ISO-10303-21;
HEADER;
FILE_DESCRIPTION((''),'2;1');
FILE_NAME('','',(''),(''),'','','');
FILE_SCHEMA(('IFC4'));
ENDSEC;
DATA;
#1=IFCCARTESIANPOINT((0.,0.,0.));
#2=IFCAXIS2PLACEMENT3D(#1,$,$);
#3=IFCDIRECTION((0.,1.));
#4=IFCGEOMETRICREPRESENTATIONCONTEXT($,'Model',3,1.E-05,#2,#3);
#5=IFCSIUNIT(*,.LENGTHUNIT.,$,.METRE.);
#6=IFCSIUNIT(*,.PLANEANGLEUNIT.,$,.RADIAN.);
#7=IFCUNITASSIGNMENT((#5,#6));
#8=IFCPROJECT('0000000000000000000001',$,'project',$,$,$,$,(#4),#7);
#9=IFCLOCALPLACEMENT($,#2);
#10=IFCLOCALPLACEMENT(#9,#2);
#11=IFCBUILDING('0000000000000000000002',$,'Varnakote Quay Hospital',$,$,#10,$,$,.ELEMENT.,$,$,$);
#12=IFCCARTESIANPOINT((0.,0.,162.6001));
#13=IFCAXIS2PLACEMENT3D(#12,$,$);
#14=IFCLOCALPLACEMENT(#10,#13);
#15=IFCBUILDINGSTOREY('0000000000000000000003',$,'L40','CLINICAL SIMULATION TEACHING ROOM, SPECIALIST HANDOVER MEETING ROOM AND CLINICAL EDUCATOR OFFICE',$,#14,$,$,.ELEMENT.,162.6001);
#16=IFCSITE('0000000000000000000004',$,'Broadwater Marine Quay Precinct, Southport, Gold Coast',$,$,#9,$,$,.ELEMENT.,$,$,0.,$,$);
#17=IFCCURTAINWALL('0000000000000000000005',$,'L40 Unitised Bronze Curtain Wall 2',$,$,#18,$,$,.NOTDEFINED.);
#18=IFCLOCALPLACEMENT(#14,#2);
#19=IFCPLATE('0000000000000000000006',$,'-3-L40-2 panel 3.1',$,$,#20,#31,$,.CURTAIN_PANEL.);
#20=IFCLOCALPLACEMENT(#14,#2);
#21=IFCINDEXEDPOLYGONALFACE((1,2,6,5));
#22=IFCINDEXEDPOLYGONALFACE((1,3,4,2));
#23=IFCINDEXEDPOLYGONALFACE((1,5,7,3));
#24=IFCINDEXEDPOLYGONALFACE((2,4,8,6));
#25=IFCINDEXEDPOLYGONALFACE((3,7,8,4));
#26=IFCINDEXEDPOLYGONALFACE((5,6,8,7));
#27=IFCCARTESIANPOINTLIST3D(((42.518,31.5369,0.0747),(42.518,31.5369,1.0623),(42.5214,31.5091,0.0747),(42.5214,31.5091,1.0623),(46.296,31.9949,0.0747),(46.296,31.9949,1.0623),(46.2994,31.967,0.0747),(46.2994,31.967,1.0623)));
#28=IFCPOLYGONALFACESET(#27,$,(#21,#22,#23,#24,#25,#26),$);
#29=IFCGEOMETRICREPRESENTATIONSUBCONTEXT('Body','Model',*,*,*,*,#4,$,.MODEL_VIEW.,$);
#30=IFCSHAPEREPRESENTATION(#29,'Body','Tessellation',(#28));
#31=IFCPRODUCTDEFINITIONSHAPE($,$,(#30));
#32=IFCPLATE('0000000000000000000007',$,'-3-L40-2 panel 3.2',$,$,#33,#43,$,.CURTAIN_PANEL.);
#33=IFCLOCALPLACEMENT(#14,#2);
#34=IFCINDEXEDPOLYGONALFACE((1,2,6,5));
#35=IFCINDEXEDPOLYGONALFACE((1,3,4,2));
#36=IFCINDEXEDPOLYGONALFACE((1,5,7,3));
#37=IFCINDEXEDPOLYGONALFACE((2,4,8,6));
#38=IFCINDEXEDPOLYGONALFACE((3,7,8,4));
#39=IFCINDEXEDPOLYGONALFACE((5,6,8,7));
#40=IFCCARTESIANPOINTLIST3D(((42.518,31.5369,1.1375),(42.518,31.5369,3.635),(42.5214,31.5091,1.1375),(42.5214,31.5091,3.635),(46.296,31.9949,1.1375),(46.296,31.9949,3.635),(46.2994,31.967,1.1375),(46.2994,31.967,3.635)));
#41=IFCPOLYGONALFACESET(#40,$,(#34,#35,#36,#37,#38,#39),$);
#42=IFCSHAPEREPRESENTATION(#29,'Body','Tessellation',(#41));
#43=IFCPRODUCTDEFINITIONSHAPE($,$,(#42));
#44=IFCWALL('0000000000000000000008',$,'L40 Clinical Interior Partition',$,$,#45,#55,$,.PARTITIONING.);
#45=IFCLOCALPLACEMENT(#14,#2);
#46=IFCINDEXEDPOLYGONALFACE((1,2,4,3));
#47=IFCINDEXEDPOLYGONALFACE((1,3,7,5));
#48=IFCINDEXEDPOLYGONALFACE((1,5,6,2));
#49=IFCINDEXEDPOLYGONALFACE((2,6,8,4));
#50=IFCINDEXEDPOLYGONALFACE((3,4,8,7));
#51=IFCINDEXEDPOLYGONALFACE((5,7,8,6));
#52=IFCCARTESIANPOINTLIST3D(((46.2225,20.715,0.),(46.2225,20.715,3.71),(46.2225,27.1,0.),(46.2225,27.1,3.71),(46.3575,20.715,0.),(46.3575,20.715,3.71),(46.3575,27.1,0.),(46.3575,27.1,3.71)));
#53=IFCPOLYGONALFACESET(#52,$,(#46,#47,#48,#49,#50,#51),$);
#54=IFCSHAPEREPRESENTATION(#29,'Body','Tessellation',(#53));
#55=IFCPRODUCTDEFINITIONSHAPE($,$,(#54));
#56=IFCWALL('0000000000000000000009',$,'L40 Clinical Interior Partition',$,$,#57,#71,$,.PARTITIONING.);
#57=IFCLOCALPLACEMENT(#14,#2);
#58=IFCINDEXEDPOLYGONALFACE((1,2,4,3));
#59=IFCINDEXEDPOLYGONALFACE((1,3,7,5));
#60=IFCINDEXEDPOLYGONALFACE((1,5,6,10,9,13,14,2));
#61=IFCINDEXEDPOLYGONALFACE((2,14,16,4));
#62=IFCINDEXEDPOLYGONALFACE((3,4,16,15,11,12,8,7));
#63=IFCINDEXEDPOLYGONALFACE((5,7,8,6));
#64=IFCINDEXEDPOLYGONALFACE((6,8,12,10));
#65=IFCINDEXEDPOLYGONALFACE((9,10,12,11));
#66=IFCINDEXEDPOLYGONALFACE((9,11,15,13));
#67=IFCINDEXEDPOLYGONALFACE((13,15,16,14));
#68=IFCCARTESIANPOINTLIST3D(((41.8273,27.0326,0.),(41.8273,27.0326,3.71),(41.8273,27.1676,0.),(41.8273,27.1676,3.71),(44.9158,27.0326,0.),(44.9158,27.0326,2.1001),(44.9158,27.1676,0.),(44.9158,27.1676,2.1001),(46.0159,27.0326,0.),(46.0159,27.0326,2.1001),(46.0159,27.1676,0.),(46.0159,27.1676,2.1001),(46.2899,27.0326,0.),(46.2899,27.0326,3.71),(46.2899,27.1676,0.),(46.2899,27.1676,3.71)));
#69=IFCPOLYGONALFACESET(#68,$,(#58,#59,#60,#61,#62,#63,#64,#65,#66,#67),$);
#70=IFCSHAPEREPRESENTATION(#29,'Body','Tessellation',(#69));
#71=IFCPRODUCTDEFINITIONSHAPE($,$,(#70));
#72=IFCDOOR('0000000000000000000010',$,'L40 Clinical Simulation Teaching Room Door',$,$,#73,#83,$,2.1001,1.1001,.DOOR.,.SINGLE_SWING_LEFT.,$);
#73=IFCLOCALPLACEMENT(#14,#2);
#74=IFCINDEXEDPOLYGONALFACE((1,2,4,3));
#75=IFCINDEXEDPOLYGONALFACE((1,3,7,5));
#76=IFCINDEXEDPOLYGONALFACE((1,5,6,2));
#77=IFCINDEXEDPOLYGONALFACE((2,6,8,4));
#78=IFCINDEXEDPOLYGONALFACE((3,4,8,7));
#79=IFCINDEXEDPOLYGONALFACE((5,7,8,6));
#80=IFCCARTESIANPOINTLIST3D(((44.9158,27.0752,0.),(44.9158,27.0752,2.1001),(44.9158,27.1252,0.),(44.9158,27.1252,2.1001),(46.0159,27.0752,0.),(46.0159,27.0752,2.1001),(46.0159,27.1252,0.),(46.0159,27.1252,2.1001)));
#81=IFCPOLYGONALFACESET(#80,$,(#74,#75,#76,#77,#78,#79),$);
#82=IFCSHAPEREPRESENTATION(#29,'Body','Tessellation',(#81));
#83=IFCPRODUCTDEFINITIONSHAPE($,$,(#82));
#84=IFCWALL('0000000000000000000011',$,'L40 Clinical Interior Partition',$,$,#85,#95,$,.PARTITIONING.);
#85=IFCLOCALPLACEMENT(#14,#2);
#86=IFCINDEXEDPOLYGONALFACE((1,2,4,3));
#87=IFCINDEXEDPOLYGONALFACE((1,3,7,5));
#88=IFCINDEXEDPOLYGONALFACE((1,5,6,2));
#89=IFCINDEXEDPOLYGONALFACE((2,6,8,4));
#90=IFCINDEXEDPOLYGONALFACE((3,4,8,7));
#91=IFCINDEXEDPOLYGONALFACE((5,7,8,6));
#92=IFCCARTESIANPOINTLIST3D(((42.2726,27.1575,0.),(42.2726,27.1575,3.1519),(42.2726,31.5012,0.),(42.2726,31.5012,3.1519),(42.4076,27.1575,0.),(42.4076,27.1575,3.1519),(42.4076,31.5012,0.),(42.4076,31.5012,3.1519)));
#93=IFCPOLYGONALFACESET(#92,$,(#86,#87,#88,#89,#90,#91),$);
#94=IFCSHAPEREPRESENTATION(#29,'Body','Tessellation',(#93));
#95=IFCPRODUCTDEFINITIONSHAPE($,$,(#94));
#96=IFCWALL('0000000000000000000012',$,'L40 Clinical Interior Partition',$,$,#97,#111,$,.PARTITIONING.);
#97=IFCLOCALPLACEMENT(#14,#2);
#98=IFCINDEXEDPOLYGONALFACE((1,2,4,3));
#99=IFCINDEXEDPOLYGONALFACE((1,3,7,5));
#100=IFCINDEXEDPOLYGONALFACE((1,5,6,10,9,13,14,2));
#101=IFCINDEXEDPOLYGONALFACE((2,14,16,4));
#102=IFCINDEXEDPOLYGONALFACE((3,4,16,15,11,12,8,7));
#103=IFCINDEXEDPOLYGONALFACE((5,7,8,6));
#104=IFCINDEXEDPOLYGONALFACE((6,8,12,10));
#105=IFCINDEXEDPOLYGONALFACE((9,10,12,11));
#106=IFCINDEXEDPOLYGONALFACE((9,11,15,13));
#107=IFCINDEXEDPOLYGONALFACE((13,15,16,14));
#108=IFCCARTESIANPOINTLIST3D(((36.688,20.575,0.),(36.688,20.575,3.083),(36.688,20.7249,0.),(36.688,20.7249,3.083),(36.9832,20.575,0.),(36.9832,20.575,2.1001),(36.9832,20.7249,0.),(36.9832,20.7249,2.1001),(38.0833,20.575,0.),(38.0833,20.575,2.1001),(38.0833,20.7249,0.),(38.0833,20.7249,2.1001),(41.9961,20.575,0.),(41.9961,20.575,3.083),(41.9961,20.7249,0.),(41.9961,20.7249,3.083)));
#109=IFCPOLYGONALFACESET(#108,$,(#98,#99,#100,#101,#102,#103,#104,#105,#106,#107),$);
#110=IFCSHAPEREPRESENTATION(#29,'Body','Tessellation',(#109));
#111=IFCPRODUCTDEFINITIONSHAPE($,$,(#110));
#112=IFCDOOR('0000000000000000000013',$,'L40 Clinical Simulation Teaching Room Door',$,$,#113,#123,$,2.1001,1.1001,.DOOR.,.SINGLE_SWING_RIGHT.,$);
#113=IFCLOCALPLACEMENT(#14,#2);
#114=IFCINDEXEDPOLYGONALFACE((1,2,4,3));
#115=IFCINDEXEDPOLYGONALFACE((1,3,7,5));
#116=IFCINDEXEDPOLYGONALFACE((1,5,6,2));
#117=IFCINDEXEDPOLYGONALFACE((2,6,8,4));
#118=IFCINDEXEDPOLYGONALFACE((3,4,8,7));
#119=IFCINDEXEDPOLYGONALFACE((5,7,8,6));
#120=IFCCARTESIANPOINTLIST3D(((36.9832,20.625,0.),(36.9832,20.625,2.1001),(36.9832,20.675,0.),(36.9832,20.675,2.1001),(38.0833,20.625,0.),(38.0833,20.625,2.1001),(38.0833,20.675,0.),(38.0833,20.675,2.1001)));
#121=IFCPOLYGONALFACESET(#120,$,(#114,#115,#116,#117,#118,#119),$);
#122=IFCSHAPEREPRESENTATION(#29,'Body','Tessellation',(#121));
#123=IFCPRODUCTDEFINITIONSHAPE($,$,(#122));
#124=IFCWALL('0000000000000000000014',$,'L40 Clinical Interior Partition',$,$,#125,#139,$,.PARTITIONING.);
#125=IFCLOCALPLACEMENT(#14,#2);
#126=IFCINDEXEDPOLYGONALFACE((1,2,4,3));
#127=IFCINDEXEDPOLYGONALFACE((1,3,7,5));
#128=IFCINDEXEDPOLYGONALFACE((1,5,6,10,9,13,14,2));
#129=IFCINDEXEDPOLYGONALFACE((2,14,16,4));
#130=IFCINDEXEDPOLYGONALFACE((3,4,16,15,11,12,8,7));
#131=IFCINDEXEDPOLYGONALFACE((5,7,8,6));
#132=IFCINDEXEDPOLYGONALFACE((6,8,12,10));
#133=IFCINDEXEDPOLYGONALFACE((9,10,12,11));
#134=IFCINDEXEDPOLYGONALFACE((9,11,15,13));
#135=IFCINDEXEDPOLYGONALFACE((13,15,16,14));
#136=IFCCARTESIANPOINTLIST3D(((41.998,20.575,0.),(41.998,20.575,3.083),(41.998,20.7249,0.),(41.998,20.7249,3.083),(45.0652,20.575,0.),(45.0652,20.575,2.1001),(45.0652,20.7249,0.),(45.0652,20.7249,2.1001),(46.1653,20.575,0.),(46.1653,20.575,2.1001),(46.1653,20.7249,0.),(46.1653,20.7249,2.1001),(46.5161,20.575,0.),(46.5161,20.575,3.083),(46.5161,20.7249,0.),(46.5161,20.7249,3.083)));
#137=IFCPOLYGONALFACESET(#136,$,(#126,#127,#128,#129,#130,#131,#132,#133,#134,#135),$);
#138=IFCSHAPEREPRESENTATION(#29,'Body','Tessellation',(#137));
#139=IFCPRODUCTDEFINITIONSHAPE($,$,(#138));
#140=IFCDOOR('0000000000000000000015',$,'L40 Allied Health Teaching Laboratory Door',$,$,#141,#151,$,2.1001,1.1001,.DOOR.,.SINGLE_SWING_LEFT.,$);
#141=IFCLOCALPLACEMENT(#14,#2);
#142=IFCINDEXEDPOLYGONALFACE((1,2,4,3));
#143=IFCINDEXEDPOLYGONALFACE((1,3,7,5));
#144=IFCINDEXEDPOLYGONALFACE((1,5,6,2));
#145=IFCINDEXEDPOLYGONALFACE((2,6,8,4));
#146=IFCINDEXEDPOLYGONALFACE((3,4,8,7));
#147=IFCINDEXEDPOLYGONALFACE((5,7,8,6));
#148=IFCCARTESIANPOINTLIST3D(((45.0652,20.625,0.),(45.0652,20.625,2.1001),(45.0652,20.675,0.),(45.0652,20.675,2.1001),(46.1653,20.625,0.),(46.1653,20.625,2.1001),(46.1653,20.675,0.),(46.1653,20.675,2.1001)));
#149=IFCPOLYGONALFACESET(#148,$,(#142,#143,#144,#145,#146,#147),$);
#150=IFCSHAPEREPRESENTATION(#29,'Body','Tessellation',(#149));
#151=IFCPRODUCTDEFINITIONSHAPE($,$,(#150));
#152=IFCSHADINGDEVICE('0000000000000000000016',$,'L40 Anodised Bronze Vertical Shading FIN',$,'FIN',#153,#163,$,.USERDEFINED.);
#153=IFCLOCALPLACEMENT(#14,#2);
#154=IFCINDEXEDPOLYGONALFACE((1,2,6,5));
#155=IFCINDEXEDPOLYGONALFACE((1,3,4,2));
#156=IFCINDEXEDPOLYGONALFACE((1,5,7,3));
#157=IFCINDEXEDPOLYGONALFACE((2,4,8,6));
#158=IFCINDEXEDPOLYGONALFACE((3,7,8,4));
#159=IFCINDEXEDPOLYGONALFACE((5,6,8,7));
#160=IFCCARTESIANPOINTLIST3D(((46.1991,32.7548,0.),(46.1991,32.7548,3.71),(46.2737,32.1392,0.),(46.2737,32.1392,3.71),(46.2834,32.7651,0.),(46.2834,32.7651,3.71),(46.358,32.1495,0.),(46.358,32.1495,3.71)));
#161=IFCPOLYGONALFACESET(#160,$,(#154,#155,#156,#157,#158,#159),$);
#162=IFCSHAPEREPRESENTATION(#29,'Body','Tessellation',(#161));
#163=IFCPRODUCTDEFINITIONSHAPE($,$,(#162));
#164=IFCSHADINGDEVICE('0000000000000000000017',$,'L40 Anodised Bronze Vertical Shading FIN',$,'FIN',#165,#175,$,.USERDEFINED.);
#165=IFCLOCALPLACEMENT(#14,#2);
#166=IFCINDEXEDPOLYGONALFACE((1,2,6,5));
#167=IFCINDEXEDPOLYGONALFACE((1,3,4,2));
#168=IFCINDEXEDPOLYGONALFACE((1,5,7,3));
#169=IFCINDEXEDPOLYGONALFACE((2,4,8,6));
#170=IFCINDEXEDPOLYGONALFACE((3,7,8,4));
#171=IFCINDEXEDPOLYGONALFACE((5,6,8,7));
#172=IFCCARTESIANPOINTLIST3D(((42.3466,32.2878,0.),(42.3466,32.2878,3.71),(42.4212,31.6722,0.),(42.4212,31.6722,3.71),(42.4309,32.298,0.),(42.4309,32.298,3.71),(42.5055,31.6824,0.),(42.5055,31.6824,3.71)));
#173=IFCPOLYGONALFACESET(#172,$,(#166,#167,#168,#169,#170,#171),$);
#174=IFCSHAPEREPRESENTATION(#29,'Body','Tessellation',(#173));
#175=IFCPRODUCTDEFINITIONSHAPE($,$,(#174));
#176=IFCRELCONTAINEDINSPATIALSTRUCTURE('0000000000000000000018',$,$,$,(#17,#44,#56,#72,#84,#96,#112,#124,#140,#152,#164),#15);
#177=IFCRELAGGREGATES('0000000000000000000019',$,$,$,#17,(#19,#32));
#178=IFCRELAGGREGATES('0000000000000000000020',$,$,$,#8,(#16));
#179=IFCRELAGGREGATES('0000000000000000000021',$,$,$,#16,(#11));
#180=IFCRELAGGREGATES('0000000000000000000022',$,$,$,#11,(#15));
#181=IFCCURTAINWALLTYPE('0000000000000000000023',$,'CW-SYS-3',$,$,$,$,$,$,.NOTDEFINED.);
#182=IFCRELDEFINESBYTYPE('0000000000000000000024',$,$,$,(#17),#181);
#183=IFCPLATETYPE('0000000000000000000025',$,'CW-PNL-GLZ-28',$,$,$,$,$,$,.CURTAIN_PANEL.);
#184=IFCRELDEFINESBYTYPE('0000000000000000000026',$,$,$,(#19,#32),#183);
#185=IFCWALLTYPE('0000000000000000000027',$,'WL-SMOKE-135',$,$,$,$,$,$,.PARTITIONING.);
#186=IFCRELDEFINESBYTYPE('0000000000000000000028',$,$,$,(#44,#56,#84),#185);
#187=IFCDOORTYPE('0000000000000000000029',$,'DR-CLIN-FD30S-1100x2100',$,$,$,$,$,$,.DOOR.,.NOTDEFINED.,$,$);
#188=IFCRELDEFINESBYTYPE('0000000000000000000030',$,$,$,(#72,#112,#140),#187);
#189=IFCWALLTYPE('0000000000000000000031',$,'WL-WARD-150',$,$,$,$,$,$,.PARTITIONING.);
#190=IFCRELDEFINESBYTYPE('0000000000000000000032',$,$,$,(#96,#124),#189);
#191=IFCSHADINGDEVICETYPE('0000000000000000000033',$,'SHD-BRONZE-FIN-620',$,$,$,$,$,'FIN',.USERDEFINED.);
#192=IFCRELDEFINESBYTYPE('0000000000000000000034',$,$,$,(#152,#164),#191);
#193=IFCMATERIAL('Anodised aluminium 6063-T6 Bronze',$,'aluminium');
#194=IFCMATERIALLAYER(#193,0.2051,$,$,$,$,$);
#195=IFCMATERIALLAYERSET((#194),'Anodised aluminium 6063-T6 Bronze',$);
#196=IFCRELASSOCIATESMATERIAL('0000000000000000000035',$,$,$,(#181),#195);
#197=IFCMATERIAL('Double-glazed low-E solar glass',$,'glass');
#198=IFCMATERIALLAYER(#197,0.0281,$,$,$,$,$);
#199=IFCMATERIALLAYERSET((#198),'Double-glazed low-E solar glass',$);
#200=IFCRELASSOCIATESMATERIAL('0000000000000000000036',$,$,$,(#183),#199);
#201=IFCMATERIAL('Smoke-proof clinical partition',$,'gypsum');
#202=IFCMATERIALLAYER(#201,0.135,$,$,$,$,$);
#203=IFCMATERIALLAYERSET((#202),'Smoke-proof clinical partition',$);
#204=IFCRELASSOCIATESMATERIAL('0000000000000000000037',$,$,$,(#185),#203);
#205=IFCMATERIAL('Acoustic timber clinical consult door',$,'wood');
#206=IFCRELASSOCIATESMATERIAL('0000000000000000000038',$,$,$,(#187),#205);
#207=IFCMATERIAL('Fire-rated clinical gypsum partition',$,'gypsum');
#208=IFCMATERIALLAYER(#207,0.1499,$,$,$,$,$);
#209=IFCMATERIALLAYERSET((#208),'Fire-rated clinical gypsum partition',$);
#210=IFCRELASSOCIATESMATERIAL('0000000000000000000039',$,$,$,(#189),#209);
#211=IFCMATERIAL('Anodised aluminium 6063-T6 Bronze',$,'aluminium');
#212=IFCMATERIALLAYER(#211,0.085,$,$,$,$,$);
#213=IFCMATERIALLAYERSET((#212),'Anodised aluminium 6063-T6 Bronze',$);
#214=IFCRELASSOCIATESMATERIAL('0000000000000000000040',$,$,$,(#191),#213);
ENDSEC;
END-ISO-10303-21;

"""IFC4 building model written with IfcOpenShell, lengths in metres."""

from ifc_helpers import new_model, si_unit, direction, frame, frame_2d, origin, origin_2d, place, context, subcontext, project, spatial, rectangle, extrude, material, layer, layer_set, type_object, element, fill, aggregate, save


model = new_model("IFC4")

# Units and contexts
model_context = context("Model", 3, precision=1e-05, world=origin(), true_north=direction((0.0, 1.0)))
body_context = subcontext(model_context, "Body", "Model", "MODEL_VIEW")
ifc_project = project(units=[si_unit("LENGTHUNIT", "METRE"), si_unit("PLANEANGLEUNIT", "RADIAN")], contexts=[model_context])

# Site, building, storey
site_placement = place(None, origin())
site = spatial("IfcSite", under=ifc_project, at=site_placement, Name="Broadwater Marine Quay Precinct, Southport, Gold Coast", CompositionType="ELEMENT", RefElevation=0.0)
building_placement = place(site_placement, origin())
building = spatial("IfcBuilding", under=site, at=building_placement, Name="Varnakote Quay Hospital", CompositionType="ELEMENT")
storey_placement = place(building_placement, frame((0.0, 0.0, 162.6001)))
storey = spatial("IfcBuildingStorey", under=building, at=storey_placement, Name="L40", Description="CLINICAL SIMULATION TEACHING ROOM, SPECIALIST HANDOVER MEETING ROOM AND CLINICAL EDUCATOR OFFICE", CompositionType="ELEMENT", Elevation=162.6001)

# Curtain wall
ifc_material_1 = material(Name="Anodised aluminium 6063-T6 Bronze", Category="aluminium")
ifc_layer_1 = layer(ifc_material_1, 0.2051)
ifc_layer_set_1 = layer_set([ifc_layer_1], Name="Anodised aluminium 6063-T6 Bronze")
curtain_wall_type = type_object("IfcCurtainWallType", Name="CW-SYS-3", PredefinedType="NOTDEFINED", material=ifc_layer_set_1)
curtain_wall_placement = place(storey_placement, origin())
curtain_wall = element("IfcCurtainWall", 1, at=curtain_wall_placement, inside=storey, type_object=curtain_wall_type, Name="L40 Unitised Bronze Curtain Wall 2", PredefinedType="NOTDEFINED")

# Plates
ifc_material_2 = material(Name="Double-glazed low-E solar glass", Category="glass")
ifc_layer_2 = layer(ifc_material_2, 0.0281)
ifc_layer_set_2 = layer_set([ifc_layer_2], Name="Double-glazed low-E solar glass")
plate_type = type_object("IfcPlateType", Name="CW-PNL-GLZ-28", PredefinedType="CURTAIN_PANEL", material=ifc_layer_set_2)
plate_1_placement = place(storey_placement, frame((44.4087, 31.752, 0.0747), z_axis=(0.0, 0.0, 1.0), x_axis=(-0.992734, -0.120327, 0.0)))
plate_1 = element("IfcPlate", 2, at=plate_1_placement, type_object=plate_type, Name="-3-L40-2 panel 3.1", PredefinedType="CURTAIN_PANEL", context=body_context, shape_type="SweptSolid", body=[
    extrude(rectangle(XDim=3.8057, YDim=0.0281, at=origin_2d()), origin(), (0.0, 0.0, 1.0), 0.9875),
])
plate_2_placement = place(storey_placement, frame((44.4087, 31.752, 1.1375), z_axis=(0.0, 0.0, 1.0), x_axis=(-0.992734, -0.120327, 0.0)))
plate_2 = element("IfcPlate", 3, at=plate_2_placement, type_object=plate_type, Name="-3-L40-2 panel 3.2", PredefinedType="CURTAIN_PANEL", context=body_context, shape_type="SweptSolid", body=[
    extrude(rectangle(XDim=3.8057, YDim=0.0281, at=origin_2d()), origin(), (0.0, 0.0, 1.0), 2.4976),
])
aggregate(curtain_wall, [plate_1, plate_2])

# Wall
ifc_material_3 = material(Name="Smoke-proof clinical partition", Category="gypsum")
ifc_layer_3 = layer(ifc_material_3, 0.135)
ifc_layer_set_3 = layer_set([ifc_layer_3], Name="Smoke-proof clinical partition")
wall_type_1 = type_object("IfcWallType", Name="WL-SMOKE-135", PredefinedType="PARTITIONING", material=ifc_layer_set_3)
wall_1_placement = place(storey_placement, frame((46.29, 20.7151, 0.0), z_axis=(0.0, 0.0, 1.0), x_axis=(0.0, 1.0, 0.0)))
element("IfcWall", 4, at=wall_1_placement, inside=storey, type_object=wall_type_1, Name="L40 Clinical Interior Partition", PredefinedType="PARTITIONING", context=body_context, shape_type="SweptSolid", body=[
    extrude(rectangle(XDim=6.385, YDim=0.135, at=frame_2d((3.1924, 0.0))), origin(), (0.0, 0.0, 1.0), 3.71),
])

# Wall, opening, door
wall_2_placement = place(storey_placement, frame((46.29, 27.1001, 0.0), z_axis=(0.0, 0.0, 1.0), x_axis=(-1.0, 0.0, 0.0)))
wall_2 = element("IfcWall", 5, at=wall_2_placement, inside=storey, type_object=wall_type_1, Name="L40 Clinical Interior Partition", PredefinedType="PARTITIONING", context=body_context, shape_type="SweptSolid", body=[
    extrude(rectangle(XDim=4.4626, YDim=0.135, at=frame_2d((2.2314, 0.0))), origin(), (0.0, 0.0, 1.0), 3.71),
])
opening_1_placement = place(wall_2_placement, frame((0.2742, 0.0, 0.0)))
opening_1 = element("IfcOpeningElement", 6, at=opening_1_placement, cuts=wall_2, PredefinedType="OPENING", context=body_context, shape_type="SweptSolid", body=[
    extrude(rectangle(XDim=1.1001, YDim=2.1001, at=frame_2d((0.55, 1.05))), frame((0.0, 0.0774, 0.0), z_axis=(0.0, -1.0, 0.0), x_axis=(1.0, 0.0, 0.0)), (0.0, 0.0, 1.0), 0.155),
])
ifc_material_4 = material(Name="Acoustic timber clinical consult door", Category="wood")
door_type = type_object("IfcDoorType", Name="DR-CLIN-FD30S-1100x2100", OperationType="NOTDEFINED", PredefinedType="DOOR", material=ifc_material_4)
door_1_placement = place(opening_1_placement, origin())
door_1 = element("IfcDoor", 7, at=door_1_placement, inside=storey, type_object=door_type, Name="L40 Clinical Simulation Teaching Room Door", OperationType="SINGLE_SWING_LEFT", OverallHeight=2.1001, OverallWidth=1.1001, PredefinedType="DOOR", context=body_context, shape_type="SweptSolid", body=[
    extrude(rectangle(XDim=1.1001, YDim=2.1001, at=frame_2d((0.55, 1.05))), frame((0.0, 0.0249, 0.0), z_axis=(0.0, -1.0, 0.0), x_axis=(1.0, 0.0, 0.0)), (0.0, 0.0, 1.0), 0.05),
])
fill(opening_1, door_1)

# Wall
wall_3_placement = place(storey_placement, frame((42.3401, 27.1575, 0.0), z_axis=(0.0, 0.0, 1.0), x_axis=(0.0, 1.0, 0.0)))
element("IfcWall", 8, at=wall_3_placement, inside=storey, type_object=wall_type_1, Name="L40 Clinical Interior Partition", PredefinedType="PARTITIONING", context=body_context, shape_type="SweptSolid", body=[
    extrude(rectangle(XDim=4.3438, YDim=0.135, at=frame_2d((2.1719, 0.0))), origin(), (0.0, 0.0, 1.0), 3.1519),
])

# Walls, openings, doors
ifc_material_5 = material(Name="Fire-rated clinical gypsum partition", Category="gypsum")
ifc_layer_4 = layer(ifc_material_5, 0.1499)
ifc_layer_set_4 = layer_set([ifc_layer_4], Name="Fire-rated clinical gypsum partition")
wall_type_2 = type_object("IfcWallType", Name="WL-WARD-150", PredefinedType="PARTITIONING", material=ifc_layer_set_4)
wall_4_placement = place(storey_placement, frame((41.9961, 20.6499, 0.0), z_axis=(0.0, 0.0, 1.0), x_axis=(-1.0, 0.0, 0.0)))
wall_4 = element("IfcWall", 9, at=wall_4_placement, inside=storey, type_object=wall_type_2, Name="L40 Clinical Interior Partition", PredefinedType="PARTITIONING", context=body_context, shape_type="SweptSolid", body=[
    extrude(rectangle(XDim=5.3081, YDim=0.1499, at=frame_2d((2.6541, 0.0))), origin(), (0.0, 0.0, 1.0), 3.083),
])
opening_2_placement = place(wall_4_placement, frame((3.9128, 0.0, 0.0)))
opening_2 = element("IfcOpeningElement", 10, at=opening_2_placement, cuts=wall_4, PredefinedType="OPENING", context=body_context, shape_type="SweptSolid", body=[
    extrude(rectangle(XDim=1.1001, YDim=2.1001, at=frame_2d((0.55, 1.05))), frame((0.0, 0.085, 0.0), z_axis=(0.0, -1.0, 0.0), x_axis=(1.0, 0.0, 0.0)), (0.0, 0.0, 1.0), 0.1699),
])
door_2_placement = place(opening_2_placement, origin())
door_2 = element("IfcDoor", 11, at=door_2_placement, inside=storey, type_object=door_type, Name="L40 Clinical Simulation Teaching Room Door", OperationType="SINGLE_SWING_RIGHT", OverallHeight=2.1001, OverallWidth=1.1001, PredefinedType="DOOR", context=body_context, shape_type="SweptSolid", body=[
    extrude(rectangle(XDim=1.1001, YDim=2.1001, at=frame_2d((0.55, 1.05))), frame((0.0, 0.0249, 0.0), z_axis=(0.0, -1.0, 0.0), x_axis=(1.0, 0.0, 0.0)), (0.0, 0.0, 1.0), 0.05),
])
fill(opening_2, door_2)
wall_5_placement = place(storey_placement, frame((46.5161, 20.6499, 0.0), z_axis=(0.0, 0.0, 1.0), x_axis=(-1.0, 0.0, 0.0)))
wall_5 = element("IfcWall", 12, at=wall_5_placement, inside=storey, type_object=wall_type_2, Name="L40 Clinical Interior Partition", PredefinedType="PARTITIONING", context=body_context, shape_type="SweptSolid", body=[
    extrude(rectangle(XDim=4.5181, YDim=0.1499, at=frame_2d((2.259, 0.0))), origin(), (0.0, 0.0, 1.0), 3.083),
])
opening_3_placement = place(wall_5_placement, frame((0.3508, 0.0, 0.0)))
opening_3 = element("IfcOpeningElement", 13, at=opening_3_placement, cuts=wall_5, PredefinedType="OPENING", context=body_context, shape_type="SweptSolid", body=[
    extrude(rectangle(XDim=1.1001, YDim=2.1001, at=frame_2d((0.55, 1.05))), frame((0.0, 0.085, 0.0), z_axis=(0.0, -1.0, 0.0), x_axis=(1.0, 0.0, 0.0)), (0.0, 0.0, 1.0), 0.1699),
])
door_3_placement = place(opening_3_placement, origin())
door_3 = element("IfcDoor", 14, at=door_3_placement, inside=storey, type_object=door_type, Name="L40 Allied Health Teaching Laboratory Door", OperationType="SINGLE_SWING_LEFT", OverallHeight=2.1001, OverallWidth=1.1001, PredefinedType="DOOR", context=body_context, shape_type="SweptSolid", body=[
    extrude(rectangle(XDim=1.1001, YDim=2.1001, at=frame_2d((0.55, 1.05))), frame((0.0, 0.0249, 0.0), z_axis=(0.0, -1.0, 0.0), x_axis=(1.0, 0.0, 0.0)), (0.0, 0.0, 1.0), 0.05),
])
fill(opening_3, door_3)

# Shading devices
ifc_material_6 = material(Name="Anodised aluminium 6063-T6 Bronze", Category="aluminium")
ifc_layer_5 = layer(ifc_material_6, 0.085)
ifc_layer_set_5 = layer_set([ifc_layer_5], Name="Anodised aluminium 6063-T6 Bronze")
shading_device_type = type_object("IfcShadingDeviceType", Name="SHD-BRONZE-FIN-620", ElementType="FIN", PredefinedType="USERDEFINED", material=ifc_layer_set_5)
for number, where, z_axis, x_axis, name in (
    (15, (46.2786, 32.4521, 0.0), (0.0, 0.0, 1.0), (0.12031, -0.992736, 0.0), "L40 Anodised Bronze Vertical Shading FIN"),
    (16, (42.426, 31.9851, 0.0), (0.0, 0.0, 1.0), (0.12031, -0.992736, 0.0), "L40 Anodised Bronze Vertical Shading FIN"),
):
    element("IfcShadingDevice", number, at=place(storey_placement, frame(where, z_axis=z_axis, x_axis=x_axis)), inside=storey, type_object=shading_device_type, Name=name, ObjectType="FIN", PredefinedType="USERDEFINED", context=body_context, shape_type="SweptSolid", body=[
        extrude(rectangle(XDim=0.6201, YDim=0.085, at=origin_2d()), origin(), (0.0, 0.0, 1.0), 3.71),
    ])

save(model, "model.ifc")
